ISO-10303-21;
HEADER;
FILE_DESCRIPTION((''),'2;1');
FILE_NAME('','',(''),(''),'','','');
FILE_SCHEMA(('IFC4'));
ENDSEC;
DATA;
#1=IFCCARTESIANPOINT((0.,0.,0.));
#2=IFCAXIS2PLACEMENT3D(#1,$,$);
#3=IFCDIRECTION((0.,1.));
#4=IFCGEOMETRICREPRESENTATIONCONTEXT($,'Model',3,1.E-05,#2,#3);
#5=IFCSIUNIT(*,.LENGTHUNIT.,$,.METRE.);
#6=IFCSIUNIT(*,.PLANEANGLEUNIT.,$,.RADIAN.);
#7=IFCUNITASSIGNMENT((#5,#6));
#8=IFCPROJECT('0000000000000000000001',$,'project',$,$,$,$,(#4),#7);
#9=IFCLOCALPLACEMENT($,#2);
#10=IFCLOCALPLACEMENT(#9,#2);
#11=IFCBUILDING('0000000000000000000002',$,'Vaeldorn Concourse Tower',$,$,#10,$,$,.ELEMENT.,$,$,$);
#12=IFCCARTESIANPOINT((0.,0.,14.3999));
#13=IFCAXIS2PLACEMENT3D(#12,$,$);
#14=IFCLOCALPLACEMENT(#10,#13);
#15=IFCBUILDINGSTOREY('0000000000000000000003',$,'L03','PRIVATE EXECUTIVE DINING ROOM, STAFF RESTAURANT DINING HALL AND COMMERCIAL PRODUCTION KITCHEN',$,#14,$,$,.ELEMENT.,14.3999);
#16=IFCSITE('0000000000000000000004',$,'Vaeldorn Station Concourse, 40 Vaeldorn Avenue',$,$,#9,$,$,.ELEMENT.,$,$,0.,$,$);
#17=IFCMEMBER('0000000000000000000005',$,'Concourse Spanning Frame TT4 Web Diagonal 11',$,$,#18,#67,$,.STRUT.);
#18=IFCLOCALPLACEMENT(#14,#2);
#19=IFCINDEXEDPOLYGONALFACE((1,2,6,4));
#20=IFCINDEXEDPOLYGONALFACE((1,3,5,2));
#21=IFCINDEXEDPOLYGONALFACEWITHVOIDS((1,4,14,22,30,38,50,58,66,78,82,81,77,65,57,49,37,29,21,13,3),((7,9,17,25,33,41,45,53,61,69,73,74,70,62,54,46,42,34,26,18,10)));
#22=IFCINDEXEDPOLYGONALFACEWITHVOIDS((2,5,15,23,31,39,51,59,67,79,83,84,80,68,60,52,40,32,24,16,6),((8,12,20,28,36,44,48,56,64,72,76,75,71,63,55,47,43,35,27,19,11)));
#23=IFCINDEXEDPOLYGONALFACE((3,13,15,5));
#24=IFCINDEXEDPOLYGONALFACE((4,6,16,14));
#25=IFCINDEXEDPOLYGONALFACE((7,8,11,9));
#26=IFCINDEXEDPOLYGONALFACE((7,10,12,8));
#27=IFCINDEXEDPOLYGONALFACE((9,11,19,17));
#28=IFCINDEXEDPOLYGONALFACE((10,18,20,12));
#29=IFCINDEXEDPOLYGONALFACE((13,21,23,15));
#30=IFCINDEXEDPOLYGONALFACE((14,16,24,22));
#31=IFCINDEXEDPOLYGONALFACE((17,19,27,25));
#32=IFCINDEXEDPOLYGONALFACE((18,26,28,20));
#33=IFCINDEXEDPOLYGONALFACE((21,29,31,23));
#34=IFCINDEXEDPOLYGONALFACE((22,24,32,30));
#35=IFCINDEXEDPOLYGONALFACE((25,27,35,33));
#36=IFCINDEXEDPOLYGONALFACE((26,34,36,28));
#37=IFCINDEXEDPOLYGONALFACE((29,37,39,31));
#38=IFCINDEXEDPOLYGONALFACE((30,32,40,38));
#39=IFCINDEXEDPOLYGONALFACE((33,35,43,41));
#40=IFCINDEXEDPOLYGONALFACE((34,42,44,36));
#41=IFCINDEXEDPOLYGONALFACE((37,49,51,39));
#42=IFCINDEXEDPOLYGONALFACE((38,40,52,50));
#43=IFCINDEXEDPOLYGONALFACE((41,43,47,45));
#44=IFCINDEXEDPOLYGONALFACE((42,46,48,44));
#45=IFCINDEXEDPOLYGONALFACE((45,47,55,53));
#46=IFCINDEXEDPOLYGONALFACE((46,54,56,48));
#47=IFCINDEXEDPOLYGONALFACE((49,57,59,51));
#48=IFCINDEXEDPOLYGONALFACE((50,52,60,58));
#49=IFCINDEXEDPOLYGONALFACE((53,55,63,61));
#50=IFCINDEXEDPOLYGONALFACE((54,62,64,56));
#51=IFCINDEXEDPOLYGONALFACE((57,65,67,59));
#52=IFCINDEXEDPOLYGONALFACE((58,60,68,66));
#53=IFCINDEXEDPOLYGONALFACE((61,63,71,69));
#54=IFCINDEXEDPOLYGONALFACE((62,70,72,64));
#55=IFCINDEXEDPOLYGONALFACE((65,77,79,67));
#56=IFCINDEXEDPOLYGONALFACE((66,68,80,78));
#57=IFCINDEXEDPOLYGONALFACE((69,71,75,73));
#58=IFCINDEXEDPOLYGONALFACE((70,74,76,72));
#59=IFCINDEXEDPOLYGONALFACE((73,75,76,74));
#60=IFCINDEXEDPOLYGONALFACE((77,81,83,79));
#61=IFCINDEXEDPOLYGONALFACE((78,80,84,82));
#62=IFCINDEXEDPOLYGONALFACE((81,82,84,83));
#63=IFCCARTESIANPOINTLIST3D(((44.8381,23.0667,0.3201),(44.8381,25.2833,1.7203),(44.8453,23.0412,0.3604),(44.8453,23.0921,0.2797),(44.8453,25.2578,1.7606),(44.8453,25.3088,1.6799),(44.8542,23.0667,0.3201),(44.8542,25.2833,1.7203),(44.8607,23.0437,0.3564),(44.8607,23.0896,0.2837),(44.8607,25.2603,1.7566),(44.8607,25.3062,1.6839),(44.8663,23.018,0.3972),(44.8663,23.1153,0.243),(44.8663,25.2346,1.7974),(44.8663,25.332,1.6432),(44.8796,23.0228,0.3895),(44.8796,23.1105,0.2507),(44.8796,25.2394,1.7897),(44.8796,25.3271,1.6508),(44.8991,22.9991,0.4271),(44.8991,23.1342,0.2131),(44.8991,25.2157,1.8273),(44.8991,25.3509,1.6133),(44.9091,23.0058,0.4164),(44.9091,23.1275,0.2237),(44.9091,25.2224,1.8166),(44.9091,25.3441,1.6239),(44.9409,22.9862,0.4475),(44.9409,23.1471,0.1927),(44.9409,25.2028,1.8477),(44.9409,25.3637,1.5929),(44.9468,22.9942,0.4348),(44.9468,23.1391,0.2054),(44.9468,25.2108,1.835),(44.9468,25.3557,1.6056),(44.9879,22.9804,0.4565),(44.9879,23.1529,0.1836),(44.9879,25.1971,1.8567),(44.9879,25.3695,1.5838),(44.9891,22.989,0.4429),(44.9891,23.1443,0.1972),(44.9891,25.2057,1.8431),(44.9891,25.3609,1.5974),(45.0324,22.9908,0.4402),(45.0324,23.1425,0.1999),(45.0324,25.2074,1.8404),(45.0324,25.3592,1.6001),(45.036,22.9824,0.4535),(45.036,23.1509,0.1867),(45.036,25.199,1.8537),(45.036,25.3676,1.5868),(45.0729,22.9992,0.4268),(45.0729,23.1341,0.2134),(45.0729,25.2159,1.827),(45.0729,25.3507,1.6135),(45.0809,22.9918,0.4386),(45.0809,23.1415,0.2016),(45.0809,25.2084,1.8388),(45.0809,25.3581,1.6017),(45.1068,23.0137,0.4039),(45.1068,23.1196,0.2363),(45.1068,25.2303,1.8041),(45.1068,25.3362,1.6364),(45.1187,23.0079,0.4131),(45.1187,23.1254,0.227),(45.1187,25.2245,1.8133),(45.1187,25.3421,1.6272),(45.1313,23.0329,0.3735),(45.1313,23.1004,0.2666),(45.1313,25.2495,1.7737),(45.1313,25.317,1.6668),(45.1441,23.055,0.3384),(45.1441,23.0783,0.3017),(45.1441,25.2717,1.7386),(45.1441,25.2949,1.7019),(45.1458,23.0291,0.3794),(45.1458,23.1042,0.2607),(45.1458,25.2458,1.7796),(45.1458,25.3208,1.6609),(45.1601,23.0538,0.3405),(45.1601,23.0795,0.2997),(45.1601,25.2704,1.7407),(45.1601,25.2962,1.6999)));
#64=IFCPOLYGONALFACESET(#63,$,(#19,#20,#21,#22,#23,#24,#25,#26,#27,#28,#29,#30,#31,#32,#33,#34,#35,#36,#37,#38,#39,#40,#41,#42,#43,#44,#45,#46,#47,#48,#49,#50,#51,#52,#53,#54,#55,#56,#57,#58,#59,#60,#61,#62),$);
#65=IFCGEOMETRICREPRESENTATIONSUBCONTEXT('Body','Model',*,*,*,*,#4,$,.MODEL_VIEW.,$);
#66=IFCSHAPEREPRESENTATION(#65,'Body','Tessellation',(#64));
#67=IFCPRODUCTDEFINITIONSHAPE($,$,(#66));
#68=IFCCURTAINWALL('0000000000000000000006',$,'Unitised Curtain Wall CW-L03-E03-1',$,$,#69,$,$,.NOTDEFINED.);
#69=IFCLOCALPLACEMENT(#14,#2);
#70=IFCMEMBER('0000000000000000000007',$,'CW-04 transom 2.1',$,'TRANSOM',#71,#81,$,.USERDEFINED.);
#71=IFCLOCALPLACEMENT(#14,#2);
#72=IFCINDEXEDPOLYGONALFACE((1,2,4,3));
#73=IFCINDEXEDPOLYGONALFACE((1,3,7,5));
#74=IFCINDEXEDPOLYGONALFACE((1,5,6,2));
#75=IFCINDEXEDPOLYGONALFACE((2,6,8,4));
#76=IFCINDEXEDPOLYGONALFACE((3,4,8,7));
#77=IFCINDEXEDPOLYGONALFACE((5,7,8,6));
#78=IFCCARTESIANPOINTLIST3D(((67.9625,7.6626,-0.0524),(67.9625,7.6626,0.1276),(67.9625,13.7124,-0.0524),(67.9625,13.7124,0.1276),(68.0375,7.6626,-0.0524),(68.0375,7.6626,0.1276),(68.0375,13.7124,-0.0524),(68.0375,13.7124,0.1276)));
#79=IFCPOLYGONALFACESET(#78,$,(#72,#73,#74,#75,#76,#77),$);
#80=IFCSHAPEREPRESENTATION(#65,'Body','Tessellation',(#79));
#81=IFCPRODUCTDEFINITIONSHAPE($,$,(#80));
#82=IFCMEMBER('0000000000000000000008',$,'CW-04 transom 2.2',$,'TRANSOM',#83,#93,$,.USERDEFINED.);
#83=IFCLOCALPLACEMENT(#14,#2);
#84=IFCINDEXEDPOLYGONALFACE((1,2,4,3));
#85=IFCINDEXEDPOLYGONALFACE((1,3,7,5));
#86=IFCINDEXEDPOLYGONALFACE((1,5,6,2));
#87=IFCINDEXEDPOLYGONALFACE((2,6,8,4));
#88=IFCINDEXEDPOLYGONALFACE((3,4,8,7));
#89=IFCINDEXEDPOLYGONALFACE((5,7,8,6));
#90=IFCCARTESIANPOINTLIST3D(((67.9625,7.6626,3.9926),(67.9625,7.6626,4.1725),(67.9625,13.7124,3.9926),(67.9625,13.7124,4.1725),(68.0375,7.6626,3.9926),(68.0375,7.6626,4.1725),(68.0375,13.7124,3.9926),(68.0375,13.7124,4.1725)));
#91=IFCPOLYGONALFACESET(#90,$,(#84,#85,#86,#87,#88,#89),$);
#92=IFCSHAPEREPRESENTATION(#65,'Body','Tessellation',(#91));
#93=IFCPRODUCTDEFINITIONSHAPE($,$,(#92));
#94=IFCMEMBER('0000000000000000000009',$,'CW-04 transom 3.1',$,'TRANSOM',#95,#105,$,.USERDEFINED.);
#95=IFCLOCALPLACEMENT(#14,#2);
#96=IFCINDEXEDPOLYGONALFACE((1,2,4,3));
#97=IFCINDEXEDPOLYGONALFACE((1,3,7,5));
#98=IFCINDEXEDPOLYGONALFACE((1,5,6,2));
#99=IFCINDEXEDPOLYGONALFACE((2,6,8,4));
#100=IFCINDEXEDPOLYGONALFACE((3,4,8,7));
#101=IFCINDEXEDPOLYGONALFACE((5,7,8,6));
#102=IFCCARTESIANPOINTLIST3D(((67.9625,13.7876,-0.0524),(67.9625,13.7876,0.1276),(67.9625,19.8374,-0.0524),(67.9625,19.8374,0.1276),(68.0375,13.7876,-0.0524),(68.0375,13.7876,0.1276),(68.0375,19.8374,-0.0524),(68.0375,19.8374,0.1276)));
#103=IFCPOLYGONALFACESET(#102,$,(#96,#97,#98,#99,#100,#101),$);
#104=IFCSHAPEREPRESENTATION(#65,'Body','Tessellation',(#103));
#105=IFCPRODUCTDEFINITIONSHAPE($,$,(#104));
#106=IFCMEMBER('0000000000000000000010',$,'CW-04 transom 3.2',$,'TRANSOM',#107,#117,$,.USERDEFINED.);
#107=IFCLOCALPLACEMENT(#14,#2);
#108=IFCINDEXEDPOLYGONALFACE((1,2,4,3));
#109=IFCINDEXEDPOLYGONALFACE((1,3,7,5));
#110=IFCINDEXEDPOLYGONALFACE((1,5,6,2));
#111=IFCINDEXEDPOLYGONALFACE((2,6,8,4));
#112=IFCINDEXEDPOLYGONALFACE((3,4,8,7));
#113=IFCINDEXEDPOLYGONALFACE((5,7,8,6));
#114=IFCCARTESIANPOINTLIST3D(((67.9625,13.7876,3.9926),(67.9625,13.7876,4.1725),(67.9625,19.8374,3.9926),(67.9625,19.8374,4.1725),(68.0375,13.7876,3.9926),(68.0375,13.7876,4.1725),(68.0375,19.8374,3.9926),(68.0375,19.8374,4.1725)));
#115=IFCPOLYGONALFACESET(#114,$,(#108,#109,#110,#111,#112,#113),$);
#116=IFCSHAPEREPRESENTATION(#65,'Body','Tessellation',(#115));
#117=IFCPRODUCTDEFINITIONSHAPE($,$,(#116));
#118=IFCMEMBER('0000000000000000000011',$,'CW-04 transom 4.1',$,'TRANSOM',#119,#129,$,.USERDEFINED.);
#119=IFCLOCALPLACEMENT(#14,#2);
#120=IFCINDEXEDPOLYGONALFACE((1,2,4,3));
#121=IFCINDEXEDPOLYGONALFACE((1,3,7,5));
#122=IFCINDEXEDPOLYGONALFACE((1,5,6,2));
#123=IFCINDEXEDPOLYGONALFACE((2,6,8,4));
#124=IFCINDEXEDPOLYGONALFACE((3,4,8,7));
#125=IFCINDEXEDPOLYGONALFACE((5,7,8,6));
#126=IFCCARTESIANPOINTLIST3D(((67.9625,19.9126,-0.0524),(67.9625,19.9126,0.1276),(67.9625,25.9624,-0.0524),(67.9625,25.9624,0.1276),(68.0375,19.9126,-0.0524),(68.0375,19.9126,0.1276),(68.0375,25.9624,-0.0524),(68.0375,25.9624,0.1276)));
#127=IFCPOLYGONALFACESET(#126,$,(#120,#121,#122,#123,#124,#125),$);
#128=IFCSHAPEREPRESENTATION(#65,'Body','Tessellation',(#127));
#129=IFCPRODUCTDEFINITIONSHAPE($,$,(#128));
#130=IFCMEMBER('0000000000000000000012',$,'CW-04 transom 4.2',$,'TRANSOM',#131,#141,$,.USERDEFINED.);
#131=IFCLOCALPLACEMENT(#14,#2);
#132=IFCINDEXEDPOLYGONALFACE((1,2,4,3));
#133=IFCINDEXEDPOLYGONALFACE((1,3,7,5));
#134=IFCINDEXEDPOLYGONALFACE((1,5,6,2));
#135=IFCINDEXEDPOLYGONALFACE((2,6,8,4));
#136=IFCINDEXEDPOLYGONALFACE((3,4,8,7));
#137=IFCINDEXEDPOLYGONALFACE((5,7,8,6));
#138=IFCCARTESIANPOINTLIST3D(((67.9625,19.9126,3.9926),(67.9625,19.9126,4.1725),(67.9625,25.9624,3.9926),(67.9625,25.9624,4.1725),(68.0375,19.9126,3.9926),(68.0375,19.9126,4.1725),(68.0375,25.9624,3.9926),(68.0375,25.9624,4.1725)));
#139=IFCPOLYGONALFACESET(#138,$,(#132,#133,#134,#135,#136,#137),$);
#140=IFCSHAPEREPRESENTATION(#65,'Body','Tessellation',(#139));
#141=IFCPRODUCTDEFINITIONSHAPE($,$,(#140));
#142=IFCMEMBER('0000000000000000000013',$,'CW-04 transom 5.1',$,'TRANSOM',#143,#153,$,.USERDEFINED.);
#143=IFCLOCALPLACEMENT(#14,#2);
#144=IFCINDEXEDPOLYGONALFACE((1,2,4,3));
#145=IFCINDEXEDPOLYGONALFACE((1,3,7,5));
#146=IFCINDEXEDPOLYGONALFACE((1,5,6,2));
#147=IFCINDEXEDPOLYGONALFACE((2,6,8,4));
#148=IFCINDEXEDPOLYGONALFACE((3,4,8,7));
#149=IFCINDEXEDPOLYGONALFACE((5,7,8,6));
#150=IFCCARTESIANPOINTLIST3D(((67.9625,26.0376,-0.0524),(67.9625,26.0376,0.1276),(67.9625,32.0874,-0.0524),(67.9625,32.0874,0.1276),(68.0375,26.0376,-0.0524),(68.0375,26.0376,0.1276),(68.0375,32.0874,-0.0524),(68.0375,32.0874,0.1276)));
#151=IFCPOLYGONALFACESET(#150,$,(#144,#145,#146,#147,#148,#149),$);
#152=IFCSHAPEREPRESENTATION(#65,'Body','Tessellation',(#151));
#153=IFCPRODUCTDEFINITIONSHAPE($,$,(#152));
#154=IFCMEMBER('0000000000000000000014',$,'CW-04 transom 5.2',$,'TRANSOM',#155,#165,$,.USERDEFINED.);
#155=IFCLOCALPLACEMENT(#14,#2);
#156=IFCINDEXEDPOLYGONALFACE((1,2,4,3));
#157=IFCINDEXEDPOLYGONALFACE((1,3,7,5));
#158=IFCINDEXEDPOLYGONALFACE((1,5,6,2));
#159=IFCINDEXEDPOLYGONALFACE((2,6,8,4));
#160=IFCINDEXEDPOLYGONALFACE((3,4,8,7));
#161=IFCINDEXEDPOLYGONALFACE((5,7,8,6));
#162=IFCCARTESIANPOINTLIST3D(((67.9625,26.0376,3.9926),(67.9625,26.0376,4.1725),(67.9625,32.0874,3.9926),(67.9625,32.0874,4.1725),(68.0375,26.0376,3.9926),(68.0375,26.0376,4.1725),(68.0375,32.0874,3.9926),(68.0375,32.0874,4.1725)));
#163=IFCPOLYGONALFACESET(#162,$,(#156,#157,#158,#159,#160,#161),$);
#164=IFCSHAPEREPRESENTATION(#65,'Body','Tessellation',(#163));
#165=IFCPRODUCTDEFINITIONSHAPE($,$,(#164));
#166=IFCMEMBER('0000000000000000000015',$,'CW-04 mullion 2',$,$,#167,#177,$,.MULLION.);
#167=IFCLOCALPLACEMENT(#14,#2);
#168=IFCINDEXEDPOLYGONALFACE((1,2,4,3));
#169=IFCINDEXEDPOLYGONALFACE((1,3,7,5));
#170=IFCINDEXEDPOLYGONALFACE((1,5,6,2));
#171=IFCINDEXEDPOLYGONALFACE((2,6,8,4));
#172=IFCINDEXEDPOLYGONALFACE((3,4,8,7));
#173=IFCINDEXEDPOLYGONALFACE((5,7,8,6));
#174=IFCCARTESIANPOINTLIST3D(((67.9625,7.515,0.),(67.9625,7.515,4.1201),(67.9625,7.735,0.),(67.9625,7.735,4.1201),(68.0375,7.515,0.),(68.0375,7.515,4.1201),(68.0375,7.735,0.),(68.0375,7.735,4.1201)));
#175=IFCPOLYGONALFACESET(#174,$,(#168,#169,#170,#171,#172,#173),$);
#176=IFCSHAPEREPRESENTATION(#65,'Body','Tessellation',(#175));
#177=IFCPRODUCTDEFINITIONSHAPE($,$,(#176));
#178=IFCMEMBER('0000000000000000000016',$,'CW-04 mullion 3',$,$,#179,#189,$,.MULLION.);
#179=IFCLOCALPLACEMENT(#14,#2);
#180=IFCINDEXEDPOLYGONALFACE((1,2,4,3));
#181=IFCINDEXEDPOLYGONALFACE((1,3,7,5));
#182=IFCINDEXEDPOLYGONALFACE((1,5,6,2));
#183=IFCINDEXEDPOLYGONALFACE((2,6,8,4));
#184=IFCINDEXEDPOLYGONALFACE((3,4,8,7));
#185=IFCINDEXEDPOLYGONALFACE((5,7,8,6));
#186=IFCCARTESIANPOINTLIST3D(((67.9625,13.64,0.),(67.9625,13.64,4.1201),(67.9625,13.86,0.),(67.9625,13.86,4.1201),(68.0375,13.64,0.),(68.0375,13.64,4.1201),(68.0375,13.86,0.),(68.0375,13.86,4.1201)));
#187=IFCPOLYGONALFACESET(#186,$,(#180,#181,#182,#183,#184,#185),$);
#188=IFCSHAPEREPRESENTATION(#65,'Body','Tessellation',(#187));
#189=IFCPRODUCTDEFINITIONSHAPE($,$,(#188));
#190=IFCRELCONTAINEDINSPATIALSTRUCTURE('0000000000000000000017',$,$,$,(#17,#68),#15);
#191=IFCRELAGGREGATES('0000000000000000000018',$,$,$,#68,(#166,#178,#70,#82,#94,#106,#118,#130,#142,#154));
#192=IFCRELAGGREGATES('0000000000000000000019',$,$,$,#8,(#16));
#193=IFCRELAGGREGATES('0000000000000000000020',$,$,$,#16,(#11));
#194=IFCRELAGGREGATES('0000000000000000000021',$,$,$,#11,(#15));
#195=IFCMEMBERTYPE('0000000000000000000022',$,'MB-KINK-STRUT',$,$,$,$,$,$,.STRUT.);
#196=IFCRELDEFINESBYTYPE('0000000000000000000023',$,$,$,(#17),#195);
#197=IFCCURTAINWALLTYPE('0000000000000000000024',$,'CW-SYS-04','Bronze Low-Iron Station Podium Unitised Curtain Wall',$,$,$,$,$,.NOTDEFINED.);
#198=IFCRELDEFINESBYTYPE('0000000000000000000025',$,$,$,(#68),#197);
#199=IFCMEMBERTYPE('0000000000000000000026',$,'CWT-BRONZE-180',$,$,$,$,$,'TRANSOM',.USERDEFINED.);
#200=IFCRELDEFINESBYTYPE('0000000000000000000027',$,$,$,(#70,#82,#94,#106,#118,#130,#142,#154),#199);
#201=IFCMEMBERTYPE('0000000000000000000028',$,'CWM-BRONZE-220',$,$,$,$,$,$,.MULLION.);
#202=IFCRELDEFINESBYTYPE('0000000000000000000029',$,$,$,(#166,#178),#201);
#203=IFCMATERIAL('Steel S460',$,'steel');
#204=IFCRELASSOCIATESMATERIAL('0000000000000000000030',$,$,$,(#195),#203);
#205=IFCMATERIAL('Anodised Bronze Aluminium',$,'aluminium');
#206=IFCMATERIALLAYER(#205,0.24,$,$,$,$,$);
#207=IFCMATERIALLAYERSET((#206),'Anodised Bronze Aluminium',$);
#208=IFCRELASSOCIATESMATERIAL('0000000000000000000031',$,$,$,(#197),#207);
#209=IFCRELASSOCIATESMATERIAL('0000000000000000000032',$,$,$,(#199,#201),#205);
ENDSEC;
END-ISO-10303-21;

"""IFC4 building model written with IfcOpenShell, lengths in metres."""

from ifc_helpers import new_model, si_unit, direction, frame, origin, origin_2d, place, context, subcontext, project, spatial, rectangle, hollow_circle, extrude, source, transform, mapped, material, layer, layer_set, material_profile, profile_set, type_object, element, aggregate, save


model = new_model("IFC4")

# Units and contexts
model_context = context("Model", 3, precision=1e-05, world=origin(), true_north=direction((0.0, 1.0)))
body_context = subcontext(model_context, "Body", "Model", "MODEL_VIEW")
ifc_project = project(units=[si_unit("LENGTHUNIT", "METRE"), si_unit("PLANEANGLEUNIT", "RADIAN")], contexts=[model_context])

# Site, building, storey
site_placement = place(None, origin())
site = spatial("IfcSite", under=ifc_project, at=site_placement, Name="Vaeldorn Station Concourse, 40 Vaeldorn Avenue", CompositionType="ELEMENT", RefElevation=0.0)
building_placement = place(site_placement, origin())
building = spatial("IfcBuilding", under=site, at=building_placement, Name="Vaeldorn Concourse Tower", CompositionType="ELEMENT")
storey_placement = place(building_placement, frame((0.0, 0.0, 14.3999)))
storey = spatial("IfcBuildingStorey", under=building, at=storey_placement, Name="L03", Description="PRIVATE EXECUTIVE DINING ROOM, STAFF RESTAURANT DINING HALL AND COMMERCIAL PRODUCTION KITCHEN", CompositionType="ELEMENT", Elevation=14.3999)

# Shared definitions
ifc_material_1 = material(Name="Steel S460", Category="steel")

# Member
ifc_material_profile_1 = material_profile(ifc_material_1, hollow_circle(Radius=0.1619, WallThickness=0.0161, at=origin_2d()), Name="CHS 323.9x16")
ifc_profile_set_1 = profile_set([ifc_material_profile_1], Name="Steel S460")
member_type_1 = type_object("IfcMemberType", Name="MB-KINK-STRUT", PredefinedType="STRUT", material=ifc_profile_set_1)
shared_shape_1 = source(origin(), body_context, "Body", "SweptSolid", [
    extrude(hollow_circle(Radius=0.1619, WallThickness=0.0161, at=origin_2d()), origin(), (0.0, 0.0, 1.0), 2.6218),
])
for number, where, z_axis, x_axis, name in (
    (1, (45.0, 23.0667, 0.3201), (0.0, 0.845451, 0.534053), (-1.0, 0.0, 0.0), "Concourse Spanning Frame TT4 Web Diagonal 11"),
):
    element("IfcMember", number, at=place(storey_placement, frame(where, z_axis=z_axis, x_axis=x_axis)), inside=storey, type_object=member_type_1, Name=name, PredefinedType="STRUT", context=body_context, shape_type="MappedRepresentation", body=[
        mapped(shared_shape_1, transform((0.0, 0.0, 0.0), scale=1.0)),
    ])

# Curtain wall, members
ifc_material_2 = material(Name="Anodised Bronze Aluminium", Category="aluminium")
ifc_layer_1 = layer(ifc_material_2, 0.24)
ifc_layer_set_1 = layer_set([ifc_layer_1], Name="Anodised Bronze Aluminium")
curtain_wall_type = type_object("IfcCurtainWallType", Name="CW-SYS-04", Description="Bronze Low-Iron Station Podium Unitised Curtain Wall", PredefinedType="NOTDEFINED", material=ifc_layer_set_1)
curtain_wall_placement = place(storey_placement, origin())
curtain_wall = element("IfcCurtainWall", 2, at=curtain_wall_placement, inside=storey, type_object=curtain_wall_type, Name="Unitised Curtain Wall CW-L03-E03-1", PredefinedType="NOTDEFINED")
ifc_material_profile_2 = material_profile(ifc_material_2, rectangle(XDim=0.075, YDim=0.1799, at=origin_2d()), Name="CWT 75x180")
ifc_profile_set_2 = profile_set([ifc_material_profile_2], Name="Anodised Bronze Aluminium")
member_type_2 = type_object("IfcMemberType", Name="CWT-BRONZE-180", ElementType="TRANSOM", PredefinedType="USERDEFINED", material=ifc_profile_set_2)
shared_shape_2 = source(origin(), body_context, "Body", "SweptSolid", [
    extrude(rectangle(XDim=0.075, YDim=0.1799, at=origin_2d()), origin(), (0.0, 0.0, 1.0), 6.0498),
])
member_1_placement = place(storey_placement, frame((68.0, 7.6626, 0.0376), z_axis=(0.0, 1.0, 0.0), x_axis=(-1.0, 0.0, 0.0)))
member_1 = element("IfcMember", 3, at=member_1_placement, type_object=member_type_2, Name="CW-04 transom 2.1", ObjectType="TRANSOM", PredefinedType="USERDEFINED", context=body_context, shape_type="MappedRepresentation", body=[
    mapped(shared_shape_2, transform((0.0, 0.0, 0.0), scale=1.0)),
])
member_2_placement = place(storey_placement, frame((68.0, 7.6626, 4.0825), z_axis=(0.0, 1.0, 0.0), x_axis=(-1.0, 0.0, 0.0)))
member_2 = element("IfcMember", 4, at=member_2_placement, type_object=member_type_2, Name="CW-04 transom 2.2", ObjectType="TRANSOM", PredefinedType="USERDEFINED", context=body_context, shape_type="MappedRepresentation", body=[
    mapped(shared_shape_2, transform((0.0, 0.0, 0.0), scale=1.0)),
])
member_3_placement = place(storey_placement, frame((68.0, 13.7876, 0.0376), z_axis=(0.0, 1.0, 0.0), x_axis=(-1.0, 0.0, 0.0)))
member_3 = element("IfcMember", 5, at=member_3_placement, type_object=member_type_2, Name="CW-04 transom 3.1", ObjectType="TRANSOM", PredefinedType="USERDEFINED", context=body_context, shape_type="MappedRepresentation", body=[
    mapped(shared_shape_2, transform((0.0, 0.0, 0.0), scale=1.0)),
])
member_4_placement = place(storey_placement, frame((68.0, 13.7876, 4.0825), z_axis=(0.0, 1.0, 0.0), x_axis=(-1.0, 0.0, 0.0)))
member_4 = element("IfcMember", 6, at=member_4_placement, type_object=member_type_2, Name="CW-04 transom 3.2", ObjectType="TRANSOM", PredefinedType="USERDEFINED", context=body_context, shape_type="MappedRepresentation", body=[
    mapped(shared_shape_2, transform((0.0, 0.0, 0.0), scale=1.0)),
])
member_5_placement = place(storey_placement, frame((68.0, 19.9126, 0.0376), z_axis=(0.0, 1.0, 0.0), x_axis=(-1.0, 0.0, 0.0)))
member_5 = element("IfcMember", 7, at=member_5_placement, type_object=member_type_2, Name="CW-04 transom 4.1", ObjectType="TRANSOM", PredefinedType="USERDEFINED", context=body_context, shape_type="MappedRepresentation", body=[
    mapped(shared_shape_2, transform((0.0, 0.0, 0.0), scale=1.0)),
])
member_6_placement = place(storey_placement, frame((68.0, 19.9126, 4.0825), z_axis=(0.0, 1.0, 0.0), x_axis=(-1.0, 0.0, 0.0)))
member_6 = element("IfcMember", 8, at=member_6_placement, type_object=member_type_2, Name="CW-04 transom 4.2", ObjectType="TRANSOM", PredefinedType="USERDEFINED", context=body_context, shape_type="MappedRepresentation", body=[
    mapped(shared_shape_2, transform((0.0, 0.0, 0.0), scale=1.0)),
])
member_7_placement = place(storey_placement, frame((68.0, 26.0376, 0.0376), z_axis=(0.0, 1.0, 0.0), x_axis=(-1.0, 0.0, 0.0)))
member_7 = element("IfcMember", 9, at=member_7_placement, type_object=member_type_2, Name="CW-04 transom 5.1", ObjectType="TRANSOM", PredefinedType="USERDEFINED", context=body_context, shape_type="MappedRepresentation", body=[
    mapped(shared_shape_2, transform((0.0, 0.0, 0.0), scale=1.0)),
])
member_8_placement = place(storey_placement, frame((68.0, 26.0376, 4.0825), z_axis=(0.0, 1.0, 0.0), x_axis=(-1.0, 0.0, 0.0)))
member_8 = element("IfcMember", 10, at=member_8_placement, type_object=member_type_2, Name="CW-04 transom 5.2", ObjectType="TRANSOM", PredefinedType="USERDEFINED", context=body_context, shape_type="MappedRepresentation", body=[
    mapped(shared_shape_2, transform((0.0, 0.0, 0.0), scale=1.0)),
])
ifc_material_profile_3 = material_profile(ifc_material_2, rectangle(XDim=0.075, YDim=0.22, at=origin_2d()), Name="CWM 75x220")
ifc_profile_set_3 = profile_set([ifc_material_profile_3], Name="Anodised Bronze Aluminium")
member_type_3 = type_object("IfcMemberType", Name="CWM-BRONZE-220", PredefinedType="MULLION", material=ifc_profile_set_3)
shared_shape_3 = source(origin(), body_context, "Body", "SweptSolid", [
    extrude(rectangle(XDim=0.075, YDim=0.22, at=origin_2d()), origin(), (0.0, 0.0, 1.0), 4.1201),
])
member_9_placement = place(storey_placement, frame((68.0, 7.625, 0.0), z_axis=(0.0, 0.0, 1.0), x_axis=(-1.0, 0.0, 0.0)))
member_9 = element("IfcMember", 11, at=member_9_placement, type_object=member_type_3, Name="CW-04 mullion 2", PredefinedType="MULLION", context=body_context, shape_type="MappedRepresentation", body=[
    mapped(shared_shape_3, transform((0.0, 0.0, 0.0), scale=1.0)),
])
member_10_placement = place(storey_placement, frame((68.0, 13.75, 0.0), z_axis=(0.0, 0.0, 1.0), x_axis=(-1.0, 0.0, 0.0)))
member_10 = element("IfcMember", 12, at=member_10_placement, type_object=member_type_3, Name="CW-04 mullion 3", PredefinedType="MULLION", context=body_context, shape_type="MappedRepresentation", body=[
    mapped(shared_shape_3, transform((0.0, 0.0, 0.0), scale=1.0)),
])

aggregate(curtain_wall, [member_9, member_10, member_1, member_2, member_3, member_4, member_5, member_6, member_7, member_8])

save(model, "model.ifc")
